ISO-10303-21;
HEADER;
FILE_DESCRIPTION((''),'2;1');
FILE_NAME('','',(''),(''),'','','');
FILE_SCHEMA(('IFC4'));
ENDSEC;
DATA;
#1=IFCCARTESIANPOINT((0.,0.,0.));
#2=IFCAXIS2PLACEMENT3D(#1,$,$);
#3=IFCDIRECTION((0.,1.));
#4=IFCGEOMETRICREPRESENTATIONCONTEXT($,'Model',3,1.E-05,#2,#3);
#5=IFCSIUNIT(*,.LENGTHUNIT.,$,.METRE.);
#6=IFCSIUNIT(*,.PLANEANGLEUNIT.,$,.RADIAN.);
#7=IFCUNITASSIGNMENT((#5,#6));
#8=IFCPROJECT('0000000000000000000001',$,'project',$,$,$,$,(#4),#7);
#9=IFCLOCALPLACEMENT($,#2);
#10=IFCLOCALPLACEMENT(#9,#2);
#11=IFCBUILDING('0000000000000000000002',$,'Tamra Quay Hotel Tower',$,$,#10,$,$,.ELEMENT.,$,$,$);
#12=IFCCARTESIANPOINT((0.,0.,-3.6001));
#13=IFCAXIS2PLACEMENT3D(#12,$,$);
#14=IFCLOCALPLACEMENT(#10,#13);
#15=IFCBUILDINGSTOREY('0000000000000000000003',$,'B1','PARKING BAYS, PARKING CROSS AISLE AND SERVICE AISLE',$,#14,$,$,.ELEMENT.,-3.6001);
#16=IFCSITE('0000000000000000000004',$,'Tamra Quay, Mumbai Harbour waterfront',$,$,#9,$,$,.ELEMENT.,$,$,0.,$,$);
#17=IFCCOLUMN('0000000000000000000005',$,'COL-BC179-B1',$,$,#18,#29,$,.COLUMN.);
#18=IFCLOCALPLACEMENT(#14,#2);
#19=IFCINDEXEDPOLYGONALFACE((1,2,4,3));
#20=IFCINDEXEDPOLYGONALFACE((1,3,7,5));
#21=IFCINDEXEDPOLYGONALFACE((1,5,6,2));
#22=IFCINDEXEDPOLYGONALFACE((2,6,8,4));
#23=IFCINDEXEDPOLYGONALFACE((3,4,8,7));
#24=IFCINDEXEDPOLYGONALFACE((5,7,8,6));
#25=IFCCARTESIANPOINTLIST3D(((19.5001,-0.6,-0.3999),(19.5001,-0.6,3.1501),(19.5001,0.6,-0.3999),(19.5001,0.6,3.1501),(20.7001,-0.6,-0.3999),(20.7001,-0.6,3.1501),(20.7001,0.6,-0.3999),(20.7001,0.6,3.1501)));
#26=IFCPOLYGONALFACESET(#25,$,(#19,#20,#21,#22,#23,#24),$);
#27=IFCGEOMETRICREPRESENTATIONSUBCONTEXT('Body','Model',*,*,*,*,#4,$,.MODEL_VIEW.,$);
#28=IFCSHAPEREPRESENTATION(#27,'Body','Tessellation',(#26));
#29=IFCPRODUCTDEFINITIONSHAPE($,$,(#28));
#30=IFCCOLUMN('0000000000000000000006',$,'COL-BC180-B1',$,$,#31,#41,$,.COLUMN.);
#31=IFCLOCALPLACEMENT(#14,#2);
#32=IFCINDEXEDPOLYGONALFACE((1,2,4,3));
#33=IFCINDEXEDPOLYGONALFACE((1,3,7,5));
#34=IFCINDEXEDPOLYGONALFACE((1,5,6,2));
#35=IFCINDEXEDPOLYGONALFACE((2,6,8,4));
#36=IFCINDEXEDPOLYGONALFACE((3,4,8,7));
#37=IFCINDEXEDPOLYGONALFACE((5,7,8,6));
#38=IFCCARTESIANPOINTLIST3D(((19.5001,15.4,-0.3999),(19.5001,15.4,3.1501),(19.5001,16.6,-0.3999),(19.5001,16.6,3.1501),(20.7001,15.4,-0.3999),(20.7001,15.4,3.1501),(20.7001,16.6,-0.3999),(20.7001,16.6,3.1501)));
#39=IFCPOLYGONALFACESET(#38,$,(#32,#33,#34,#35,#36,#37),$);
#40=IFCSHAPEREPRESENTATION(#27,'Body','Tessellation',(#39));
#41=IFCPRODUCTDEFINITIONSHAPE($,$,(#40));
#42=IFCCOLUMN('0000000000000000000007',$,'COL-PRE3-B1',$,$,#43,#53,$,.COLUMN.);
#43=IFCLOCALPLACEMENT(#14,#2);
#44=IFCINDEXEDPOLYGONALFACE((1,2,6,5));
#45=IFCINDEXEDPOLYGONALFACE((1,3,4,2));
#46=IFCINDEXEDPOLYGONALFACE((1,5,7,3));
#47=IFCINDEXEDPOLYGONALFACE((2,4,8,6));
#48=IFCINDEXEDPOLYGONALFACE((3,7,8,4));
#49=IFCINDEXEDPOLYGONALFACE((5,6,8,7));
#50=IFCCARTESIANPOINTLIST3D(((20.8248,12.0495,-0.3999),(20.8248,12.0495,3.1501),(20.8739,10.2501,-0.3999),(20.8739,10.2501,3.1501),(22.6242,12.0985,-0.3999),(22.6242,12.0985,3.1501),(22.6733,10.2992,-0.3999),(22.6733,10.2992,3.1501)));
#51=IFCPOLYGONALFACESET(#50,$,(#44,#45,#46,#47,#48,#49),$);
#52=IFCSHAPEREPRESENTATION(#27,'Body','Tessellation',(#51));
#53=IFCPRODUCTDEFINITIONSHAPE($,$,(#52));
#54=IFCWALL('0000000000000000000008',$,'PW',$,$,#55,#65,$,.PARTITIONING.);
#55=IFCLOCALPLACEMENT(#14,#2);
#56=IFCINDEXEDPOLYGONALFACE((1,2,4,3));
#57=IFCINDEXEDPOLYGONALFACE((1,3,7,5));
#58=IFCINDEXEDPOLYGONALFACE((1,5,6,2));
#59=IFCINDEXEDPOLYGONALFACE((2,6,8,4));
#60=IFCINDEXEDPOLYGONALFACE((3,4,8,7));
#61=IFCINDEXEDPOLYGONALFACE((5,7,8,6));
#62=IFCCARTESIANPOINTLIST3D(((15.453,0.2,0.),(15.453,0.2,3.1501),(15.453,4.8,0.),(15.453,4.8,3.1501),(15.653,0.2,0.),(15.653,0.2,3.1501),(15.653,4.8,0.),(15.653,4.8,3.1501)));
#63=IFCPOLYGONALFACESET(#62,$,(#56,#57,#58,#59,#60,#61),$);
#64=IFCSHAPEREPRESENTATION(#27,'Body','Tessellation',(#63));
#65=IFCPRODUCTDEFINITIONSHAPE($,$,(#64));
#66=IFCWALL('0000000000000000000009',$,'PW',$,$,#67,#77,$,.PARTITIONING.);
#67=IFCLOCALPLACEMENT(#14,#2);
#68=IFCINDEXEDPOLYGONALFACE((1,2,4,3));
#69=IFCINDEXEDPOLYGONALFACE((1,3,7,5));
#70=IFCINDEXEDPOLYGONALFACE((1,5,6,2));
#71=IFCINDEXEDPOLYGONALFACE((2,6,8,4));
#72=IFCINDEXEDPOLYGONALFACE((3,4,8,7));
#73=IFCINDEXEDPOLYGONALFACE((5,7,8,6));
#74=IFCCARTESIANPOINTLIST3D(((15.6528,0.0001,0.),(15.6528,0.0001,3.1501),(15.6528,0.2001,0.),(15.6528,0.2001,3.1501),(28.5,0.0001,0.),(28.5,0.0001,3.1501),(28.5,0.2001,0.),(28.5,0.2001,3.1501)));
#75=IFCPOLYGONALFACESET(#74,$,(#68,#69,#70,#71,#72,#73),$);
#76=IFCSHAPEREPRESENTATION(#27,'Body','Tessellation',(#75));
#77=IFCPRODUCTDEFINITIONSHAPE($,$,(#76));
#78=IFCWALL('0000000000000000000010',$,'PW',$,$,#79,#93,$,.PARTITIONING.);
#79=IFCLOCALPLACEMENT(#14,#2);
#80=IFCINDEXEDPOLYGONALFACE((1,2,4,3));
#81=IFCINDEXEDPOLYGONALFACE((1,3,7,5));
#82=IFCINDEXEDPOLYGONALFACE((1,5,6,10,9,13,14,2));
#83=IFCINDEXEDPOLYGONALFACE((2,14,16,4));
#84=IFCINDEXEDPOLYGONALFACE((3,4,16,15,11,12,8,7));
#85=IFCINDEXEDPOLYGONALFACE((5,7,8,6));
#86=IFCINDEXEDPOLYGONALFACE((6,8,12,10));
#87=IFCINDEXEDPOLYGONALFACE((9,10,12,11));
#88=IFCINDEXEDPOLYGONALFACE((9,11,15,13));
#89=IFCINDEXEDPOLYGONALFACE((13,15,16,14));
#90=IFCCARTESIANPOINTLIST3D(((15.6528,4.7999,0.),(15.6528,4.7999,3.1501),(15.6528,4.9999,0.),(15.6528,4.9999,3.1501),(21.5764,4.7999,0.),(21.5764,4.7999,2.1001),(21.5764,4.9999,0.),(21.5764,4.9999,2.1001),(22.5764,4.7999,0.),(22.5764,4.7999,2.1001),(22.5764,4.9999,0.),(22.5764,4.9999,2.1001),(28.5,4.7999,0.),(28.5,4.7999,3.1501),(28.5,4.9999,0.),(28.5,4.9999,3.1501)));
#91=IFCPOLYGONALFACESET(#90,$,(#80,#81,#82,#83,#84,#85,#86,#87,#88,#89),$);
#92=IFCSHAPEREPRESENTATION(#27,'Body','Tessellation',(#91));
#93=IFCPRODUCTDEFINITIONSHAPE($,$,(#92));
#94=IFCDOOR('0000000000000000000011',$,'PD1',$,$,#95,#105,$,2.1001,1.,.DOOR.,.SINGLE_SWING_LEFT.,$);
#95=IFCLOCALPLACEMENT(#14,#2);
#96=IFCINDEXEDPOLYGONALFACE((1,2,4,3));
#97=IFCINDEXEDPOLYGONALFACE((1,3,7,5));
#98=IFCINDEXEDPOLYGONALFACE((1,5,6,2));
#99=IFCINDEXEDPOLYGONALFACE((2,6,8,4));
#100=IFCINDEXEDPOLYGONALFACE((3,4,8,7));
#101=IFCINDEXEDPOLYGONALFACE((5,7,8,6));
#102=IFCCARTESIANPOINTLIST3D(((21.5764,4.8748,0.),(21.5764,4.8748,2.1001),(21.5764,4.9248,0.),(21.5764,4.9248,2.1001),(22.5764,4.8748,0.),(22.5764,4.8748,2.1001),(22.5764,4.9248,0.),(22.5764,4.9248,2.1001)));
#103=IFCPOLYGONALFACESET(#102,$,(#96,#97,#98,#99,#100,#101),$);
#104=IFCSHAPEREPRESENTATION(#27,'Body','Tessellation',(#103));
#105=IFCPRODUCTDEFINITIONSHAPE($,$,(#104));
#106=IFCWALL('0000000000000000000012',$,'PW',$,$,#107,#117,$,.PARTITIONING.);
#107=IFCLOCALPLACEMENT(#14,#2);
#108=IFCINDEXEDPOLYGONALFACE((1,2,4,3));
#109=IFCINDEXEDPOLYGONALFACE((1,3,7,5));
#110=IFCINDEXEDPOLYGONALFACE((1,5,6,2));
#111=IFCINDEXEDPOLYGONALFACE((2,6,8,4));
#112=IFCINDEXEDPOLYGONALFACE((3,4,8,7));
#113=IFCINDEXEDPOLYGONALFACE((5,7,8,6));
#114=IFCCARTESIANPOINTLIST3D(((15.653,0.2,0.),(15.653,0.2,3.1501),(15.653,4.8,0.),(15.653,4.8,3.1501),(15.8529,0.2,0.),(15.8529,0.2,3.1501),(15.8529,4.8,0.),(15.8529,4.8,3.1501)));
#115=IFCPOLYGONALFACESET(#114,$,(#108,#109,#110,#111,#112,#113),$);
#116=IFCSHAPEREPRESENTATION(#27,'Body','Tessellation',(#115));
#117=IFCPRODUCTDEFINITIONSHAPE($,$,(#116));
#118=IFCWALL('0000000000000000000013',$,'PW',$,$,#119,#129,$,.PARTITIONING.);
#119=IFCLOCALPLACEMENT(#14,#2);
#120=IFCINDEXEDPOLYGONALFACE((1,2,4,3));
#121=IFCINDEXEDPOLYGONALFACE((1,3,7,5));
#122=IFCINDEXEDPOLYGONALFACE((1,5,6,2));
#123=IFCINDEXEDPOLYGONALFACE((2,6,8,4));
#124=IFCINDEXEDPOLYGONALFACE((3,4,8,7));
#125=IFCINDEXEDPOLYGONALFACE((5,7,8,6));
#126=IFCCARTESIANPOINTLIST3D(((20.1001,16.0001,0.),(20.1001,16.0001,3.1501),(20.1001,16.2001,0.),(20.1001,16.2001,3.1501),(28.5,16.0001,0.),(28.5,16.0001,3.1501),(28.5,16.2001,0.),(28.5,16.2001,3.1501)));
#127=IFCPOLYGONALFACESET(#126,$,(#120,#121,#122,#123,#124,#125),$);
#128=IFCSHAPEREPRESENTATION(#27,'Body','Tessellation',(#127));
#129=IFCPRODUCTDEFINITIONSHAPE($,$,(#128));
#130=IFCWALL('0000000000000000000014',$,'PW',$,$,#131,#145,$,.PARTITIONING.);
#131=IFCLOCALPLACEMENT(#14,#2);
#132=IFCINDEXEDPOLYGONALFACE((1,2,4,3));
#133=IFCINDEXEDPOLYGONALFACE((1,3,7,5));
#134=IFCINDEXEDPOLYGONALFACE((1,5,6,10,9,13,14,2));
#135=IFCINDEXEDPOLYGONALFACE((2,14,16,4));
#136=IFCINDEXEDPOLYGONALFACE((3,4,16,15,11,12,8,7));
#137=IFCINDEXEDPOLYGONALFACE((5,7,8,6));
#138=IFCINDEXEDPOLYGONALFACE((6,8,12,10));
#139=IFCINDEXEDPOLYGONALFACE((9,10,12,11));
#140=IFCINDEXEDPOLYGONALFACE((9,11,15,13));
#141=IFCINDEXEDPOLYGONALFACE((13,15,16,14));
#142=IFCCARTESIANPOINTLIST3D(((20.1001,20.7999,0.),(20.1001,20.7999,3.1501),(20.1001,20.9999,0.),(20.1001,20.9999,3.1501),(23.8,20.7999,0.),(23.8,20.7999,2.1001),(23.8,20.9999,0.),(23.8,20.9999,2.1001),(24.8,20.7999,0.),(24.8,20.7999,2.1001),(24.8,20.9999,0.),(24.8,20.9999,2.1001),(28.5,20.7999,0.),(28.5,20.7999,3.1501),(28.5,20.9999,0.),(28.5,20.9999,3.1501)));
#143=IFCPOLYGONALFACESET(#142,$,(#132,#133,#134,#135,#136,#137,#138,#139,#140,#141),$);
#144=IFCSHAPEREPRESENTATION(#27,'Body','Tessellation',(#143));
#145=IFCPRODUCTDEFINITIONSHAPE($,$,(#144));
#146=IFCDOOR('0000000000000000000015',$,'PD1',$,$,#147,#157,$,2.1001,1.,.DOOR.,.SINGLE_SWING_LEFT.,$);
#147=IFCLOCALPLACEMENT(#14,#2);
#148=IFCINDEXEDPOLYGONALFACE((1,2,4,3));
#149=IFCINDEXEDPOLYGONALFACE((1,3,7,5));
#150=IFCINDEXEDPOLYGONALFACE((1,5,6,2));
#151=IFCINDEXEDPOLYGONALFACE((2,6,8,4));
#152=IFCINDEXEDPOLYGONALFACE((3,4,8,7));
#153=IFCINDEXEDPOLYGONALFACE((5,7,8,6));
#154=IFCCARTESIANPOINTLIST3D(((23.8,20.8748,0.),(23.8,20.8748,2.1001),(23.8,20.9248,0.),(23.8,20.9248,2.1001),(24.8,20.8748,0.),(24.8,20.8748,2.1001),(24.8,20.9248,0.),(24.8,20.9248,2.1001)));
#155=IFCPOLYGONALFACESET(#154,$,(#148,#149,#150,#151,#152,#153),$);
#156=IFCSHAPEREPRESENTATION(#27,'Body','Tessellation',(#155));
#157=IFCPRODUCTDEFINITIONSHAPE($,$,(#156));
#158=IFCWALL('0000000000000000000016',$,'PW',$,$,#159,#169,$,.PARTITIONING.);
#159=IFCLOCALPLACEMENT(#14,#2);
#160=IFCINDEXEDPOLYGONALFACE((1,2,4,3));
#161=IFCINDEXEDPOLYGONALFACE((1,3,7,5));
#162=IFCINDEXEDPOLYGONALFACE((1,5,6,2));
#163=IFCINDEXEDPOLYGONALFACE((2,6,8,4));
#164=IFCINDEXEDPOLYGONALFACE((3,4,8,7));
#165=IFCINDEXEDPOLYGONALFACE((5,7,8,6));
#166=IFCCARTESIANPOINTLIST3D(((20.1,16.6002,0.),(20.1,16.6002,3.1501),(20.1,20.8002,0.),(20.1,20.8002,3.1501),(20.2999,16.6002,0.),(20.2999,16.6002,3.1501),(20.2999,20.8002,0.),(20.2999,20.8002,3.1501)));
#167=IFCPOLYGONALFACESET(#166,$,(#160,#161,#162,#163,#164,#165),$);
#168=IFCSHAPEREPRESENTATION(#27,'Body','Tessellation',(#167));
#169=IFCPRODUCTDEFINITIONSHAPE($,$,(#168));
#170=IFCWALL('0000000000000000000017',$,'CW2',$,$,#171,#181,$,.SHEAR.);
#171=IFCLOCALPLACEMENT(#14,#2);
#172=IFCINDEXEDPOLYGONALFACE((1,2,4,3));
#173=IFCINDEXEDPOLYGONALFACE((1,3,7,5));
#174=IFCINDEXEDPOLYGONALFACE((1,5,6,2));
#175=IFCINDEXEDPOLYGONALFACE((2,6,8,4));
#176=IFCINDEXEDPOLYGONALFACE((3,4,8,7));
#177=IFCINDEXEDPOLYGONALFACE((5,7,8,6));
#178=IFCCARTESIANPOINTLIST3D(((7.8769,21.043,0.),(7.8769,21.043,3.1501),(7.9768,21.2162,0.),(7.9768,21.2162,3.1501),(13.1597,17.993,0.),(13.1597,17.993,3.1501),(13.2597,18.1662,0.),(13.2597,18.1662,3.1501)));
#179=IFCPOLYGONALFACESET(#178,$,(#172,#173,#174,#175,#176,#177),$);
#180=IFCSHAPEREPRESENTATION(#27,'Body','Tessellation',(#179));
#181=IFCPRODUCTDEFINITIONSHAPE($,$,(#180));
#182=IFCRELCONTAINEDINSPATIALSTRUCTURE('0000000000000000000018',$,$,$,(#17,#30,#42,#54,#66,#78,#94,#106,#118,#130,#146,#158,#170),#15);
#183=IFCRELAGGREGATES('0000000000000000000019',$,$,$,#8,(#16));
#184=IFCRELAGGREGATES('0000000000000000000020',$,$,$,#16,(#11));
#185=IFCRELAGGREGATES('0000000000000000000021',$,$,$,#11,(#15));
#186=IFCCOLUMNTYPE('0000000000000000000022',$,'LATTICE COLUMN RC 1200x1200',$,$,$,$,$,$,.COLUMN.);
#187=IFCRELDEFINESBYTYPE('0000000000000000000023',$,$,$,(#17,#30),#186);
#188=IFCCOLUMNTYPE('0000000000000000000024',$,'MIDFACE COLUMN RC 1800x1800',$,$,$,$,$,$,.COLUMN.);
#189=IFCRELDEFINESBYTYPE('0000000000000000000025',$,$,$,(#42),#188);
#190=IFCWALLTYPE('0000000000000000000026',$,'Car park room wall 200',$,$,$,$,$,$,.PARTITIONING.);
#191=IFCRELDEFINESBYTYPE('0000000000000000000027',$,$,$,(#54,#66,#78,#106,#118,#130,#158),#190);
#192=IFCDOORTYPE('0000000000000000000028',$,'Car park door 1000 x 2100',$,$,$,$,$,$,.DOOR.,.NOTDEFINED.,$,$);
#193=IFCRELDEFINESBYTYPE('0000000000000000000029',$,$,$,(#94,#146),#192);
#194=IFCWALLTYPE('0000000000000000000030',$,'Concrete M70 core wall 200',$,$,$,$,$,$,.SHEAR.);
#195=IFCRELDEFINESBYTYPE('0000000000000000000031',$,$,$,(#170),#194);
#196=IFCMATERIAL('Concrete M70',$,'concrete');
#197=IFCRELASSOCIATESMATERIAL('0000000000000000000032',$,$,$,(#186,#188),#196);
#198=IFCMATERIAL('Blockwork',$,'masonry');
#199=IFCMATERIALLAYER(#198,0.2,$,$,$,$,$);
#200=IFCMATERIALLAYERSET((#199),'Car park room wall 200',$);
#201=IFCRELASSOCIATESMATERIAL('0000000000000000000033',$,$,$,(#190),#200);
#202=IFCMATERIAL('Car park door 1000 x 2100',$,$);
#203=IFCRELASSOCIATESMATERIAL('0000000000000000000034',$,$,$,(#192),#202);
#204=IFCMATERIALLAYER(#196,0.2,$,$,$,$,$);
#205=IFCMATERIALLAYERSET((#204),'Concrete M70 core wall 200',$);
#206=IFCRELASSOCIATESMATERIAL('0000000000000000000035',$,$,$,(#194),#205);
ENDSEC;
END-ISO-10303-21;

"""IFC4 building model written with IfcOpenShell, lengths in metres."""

from ifc_helpers import new_model, si_unit, direction, frame, frame_2d, origin, origin_2d, place, context, subcontext, project, spatial, rectangle, extrude, material, layer, layer_set, material_profile, profile_set, type_object, element, fill, save


model = new_model("IFC4")

# Units and contexts
model_context = context("Model", 3, precision=1e-05, world=origin(), true_north=direction((0.0, 1.0)))
body_context = subcontext(model_context, "Body", "Model", "MODEL_VIEW")
ifc_project = project(units=[si_unit("LENGTHUNIT", "METRE"), si_unit("PLANEANGLEUNIT", "RADIAN")], contexts=[model_context])

# Site, building, storey
site_placement = place(None, origin())
site = spatial("IfcSite", under=ifc_project, at=site_placement, Name="Tamra Quay, Mumbai Harbour waterfront", CompositionType="ELEMENT", RefElevation=0.0)
building_placement = place(site_placement, origin())
building = spatial("IfcBuilding", under=site, at=building_placement, Name="Tamra Quay Hotel Tower", CompositionType="ELEMENT")
storey_placement = place(building_placement, frame((0.0, 0.0, -3.6001)))
storey = spatial("IfcBuildingStorey", under=building, at=storey_placement, Name="B1", Description="PARKING BAYS, PARKING CROSS AISLE AND SERVICE AISLE", CompositionType="ELEMENT", Elevation=-3.6001)

# Columns
ifc_material_1 = material(Name="Concrete M70", Category="concrete")
ifc_material_profile_1 = material_profile(ifc_material_1, rectangle(XDim=1.2, YDim=1.2, at=origin_2d()), Name="LATTICE COLUMN RC 1200x1200")
ifc_profile_set_1 = profile_set([ifc_material_profile_1], Name="Concrete M70")
column_type_1 = type_object("IfcColumnType", Name="LATTICE COLUMN RC 1200x1200", PredefinedType="COLUMN", material=ifc_profile_set_1)
for number, where, z_axis, x_axis, name in (
    (1, (20.1001, 0.0, -0.3999), (0.0, 0.0, 1.0), (1.0, 0.0, 0.0), "COL-BC179-B1"),
    (2, (20.1001, 16.0, -0.3999), (0.0, 0.0, 1.0), (1.0, 0.0, 0.0), "COL-BC180-B1"),
):
    element("IfcColumn", number, at=place(storey_placement, frame(where, z_axis=z_axis, x_axis=x_axis)), inside=storey, type_object=column_type_1, Name=name, PredefinedType="COLUMN", context=body_context, shape_type="SweptSolid", body=[
        extrude(rectangle(XDim=1.2, YDim=1.2, at=origin_2d()), origin(), (0.0, 0.0, 1.0), 3.55),
    ])
ifc_material_profile_2 = material_profile(ifc_material_1, rectangle(XDim=1.8, YDim=1.8, at=origin_2d()), Name="MIDFACE COLUMN RC 1800x1800")
ifc_profile_set_2 = profile_set([ifc_material_profile_2], Name="Concrete M70")
column_type_2 = type_object("IfcColumnType", Name="MIDFACE COLUMN RC 1800x1800", PredefinedType="COLUMN", material=ifc_profile_set_2)
column_placement = place(storey_placement, frame((21.749, 11.1743, -0.3999), z_axis=(0.0, 0.0, 1.0), x_axis=(0.999628, 0.027269, 0.0)))
element("IfcColumn", 3, at=column_placement, inside=storey, type_object=column_type_2, Name="COL-PRE3-B1", PredefinedType="COLUMN", context=body_context, shape_type="SweptSolid", body=[
    extrude(rectangle(XDim=1.8, YDim=1.8, at=origin_2d()), origin(), (0.0, 0.0, 1.0), 3.55),
])

# Walls
ifc_material_2 = material(Name="Blockwork", Category="masonry")
ifc_layer_1 = layer(ifc_material_2, 0.2)
ifc_layer_set_1 = layer_set([ifc_layer_1], Name="Car park room wall 200")
wall_type_1 = type_object("IfcWallType", Name="Car park room wall 200", PredefinedType="PARTITIONING", material=ifc_layer_set_1)
wall_1_placement = place(storey_placement, frame((15.553, 0.2, 0.0), z_axis=(0.0, 0.0, 1.0), x_axis=(0.0, 1.0, 0.0)))
element("IfcWall", 4, at=wall_1_placement, inside=storey, type_object=wall_type_1, Name="PW", PredefinedType="PARTITIONING", context=body_context, shape_type="SweptSolid", body=[
    extrude(rectangle(XDim=4.6001, YDim=0.2, at=frame_2d((2.3, 0.0))), origin(), (0.0, 0.0, 1.0), 3.1501),
])
wall_2_placement = place(storey_placement, frame((15.6528, 0.1001, 0.0), z_axis=(0.0, 0.0, 1.0), x_axis=(1.0, 0.0, 0.0)))
element("IfcWall", 5, at=wall_2_placement, inside=storey, type_object=wall_type_1, Name="PW", PredefinedType="PARTITIONING", context=body_context, shape_type="SweptSolid", body=[
    extrude(rectangle(XDim=12.8472, YDim=0.2, at=frame_2d((6.4236, 0.0))), origin(), (0.0, 0.0, 1.0), 3.1501),
])

# Wall, opening, door
wall_3_placement = place(storey_placement, frame((15.6528, 4.8999, 0.0), z_axis=(0.0, 0.0, 1.0), x_axis=(1.0, 0.0, 0.0)))
wall_3 = element("IfcWall", 6, at=wall_3_placement, inside=storey, type_object=wall_type_1, Name="PW", PredefinedType="PARTITIONING", context=body_context, shape_type="SweptSolid", body=[
    extrude(rectangle(XDim=12.8472, YDim=0.2, at=frame_2d((6.4236, 0.0))), origin(), (0.0, 0.0, 1.0), 3.1501),
])
opening_1_placement = place(wall_3_placement, frame((5.9236, 0.0, 0.0)))
opening_1 = element("IfcOpeningElement", 7, at=opening_1_placement, cuts=wall_3, PredefinedType="OPENING", context=body_context, shape_type="SweptSolid", body=[
    extrude(rectangle(XDim=1.0, YDim=2.1001, at=frame_2d((0.5, 1.05))), frame((0.0, 0.1099, 0.0), z_axis=(0.0, -1.0, 0.0), x_axis=(1.0, 0.0, 0.0)), (0.0, 0.0, 1.0), 0.22),
])
ifc_material_3 = material(Name="Car park door 1000 x 2100")
door_type_1 = type_object("IfcDoorType", Name="Car park door 1000 x 2100", OperationType="NOTDEFINED", PredefinedType="DOOR", material=ifc_material_3)
door_1_placement = place(opening_1_placement, origin())
door_1 = element("IfcDoor", 8, at=door_1_placement, inside=storey, type_object=door_type_1, Name="PD1", OperationType="SINGLE_SWING_LEFT", OverallHeight=2.1001, OverallWidth=1.0, PredefinedType="DOOR", context=body_context, shape_type="SweptSolid", body=[
    extrude(rectangle(XDim=1.0, YDim=2.1001, at=frame_2d((0.5, 1.05))), frame((0.0, 0.0249, 0.0), z_axis=(0.0, -1.0, 0.0), x_axis=(1.0, 0.0, 0.0)), (0.0, 0.0, 1.0), 0.05),
])
fill(opening_1, door_1)

# Walls
wall_4_placement = place(storey_placement, frame((15.7529, 0.2, 0.0), z_axis=(0.0, 0.0, 1.0), x_axis=(0.0, 1.0, 0.0)))
element("IfcWall", 9, at=wall_4_placement, inside=storey, type_object=wall_type_1, Name="PW", PredefinedType="PARTITIONING", context=body_context, shape_type="SweptSolid", body=[
    extrude(rectangle(XDim=4.6001, YDim=0.2, at=frame_2d((2.3, 0.0))), origin(), (0.0, 0.0, 1.0), 3.1501),
])
wall_5_placement = place(storey_placement, frame((20.1001, 16.1001, 0.0), z_axis=(0.0, 0.0, 1.0), x_axis=(1.0, 0.0, 0.0)))
element("IfcWall", 10, at=wall_5_placement, inside=storey, type_object=wall_type_1, Name="PW", PredefinedType="PARTITIONING", context=body_context, shape_type="SweptSolid", body=[
    extrude(rectangle(XDim=8.3999, YDim=0.2, at=frame_2d((4.2, 0.0))), origin(), (0.0, 0.0, 1.0), 3.1501),
])

# Wall, opening, door
wall_6_placement = place(storey_placement, frame((20.1001, 20.8999, 0.0), z_axis=(0.0, 0.0, 1.0), x_axis=(1.0, 0.0, 0.0)))
wall_6 = element("IfcWall", 11, at=wall_6_placement, inside=storey, type_object=wall_type_1, Name="PW", PredefinedType="PARTITIONING", context=body_context, shape_type="SweptSolid", body=[
    extrude(rectangle(XDim=8.3999, YDim=0.2, at=frame_2d((4.2, 0.0))), origin(), (0.0, 0.0, 1.0), 3.1501),
])
opening_2_placement = place(wall_6_placement, frame((3.7, 0.0, 0.0)))
opening_2 = element("IfcOpeningElement", 12, at=opening_2_placement, cuts=wall_6, PredefinedType="OPENING", context=body_context, shape_type="SweptSolid", body=[
    extrude(rectangle(XDim=1.0, YDim=2.1001, at=frame_2d((0.5, 1.05))), frame((0.0, 0.1099, 0.0), z_axis=(0.0, -1.0, 0.0), x_axis=(1.0, 0.0, 0.0)), (0.0, 0.0, 1.0), 0.22),
])
door_2_placement = place(opening_2_placement, origin())
door_2 = element("IfcDoor", 13, at=door_2_placement, inside=storey, type_object=door_type_1, Name="PD1", OperationType="SINGLE_SWING_LEFT", OverallHeight=2.1001, OverallWidth=1.0, PredefinedType="DOOR", context=body_context, shape_type="SweptSolid", body=[
    extrude(rectangle(XDim=1.0, YDim=2.1001, at=frame_2d((0.5, 1.05))), frame((0.0, 0.0249, 0.0), z_axis=(0.0, -1.0, 0.0), x_axis=(1.0, 0.0, 0.0)), (0.0, 0.0, 1.0), 0.05),
])
fill(opening_2, door_2)

# Walls
wall_7_placement = place(storey_placement, frame((20.2, 16.6001, 0.0), z_axis=(0.0, 0.0, 1.0), x_axis=(0.0, 1.0, 0.0)))
element("IfcWall", 14, at=wall_7_placement, inside=storey, type_object=wall_type_1, Name="PW", PredefinedType="PARTITIONING", context=body_context, shape_type="SweptSolid", body=[
    extrude(rectangle(XDim=4.2, YDim=0.2, at=frame_2d((2.1001, 0.0))), origin(), (0.0, 0.0, 1.0), 3.1501),
])
ifc_layer_2 = layer(ifc_material_1, 0.2)
ifc_layer_set_2 = layer_set([ifc_layer_2], Name="Concrete M70 core wall 200")
wall_type_2 = type_object("IfcWallType", Name="Concrete M70 core wall 200", PredefinedType="SHEAR", material=ifc_layer_set_2)
wall_8_placement = place(storey_placement, frame((13.2097, 18.0796, 0.0), z_axis=(0.0, 0.0, 1.0), x_axis=(-0.86603, 0.499992, 0.0)))
element("IfcWall", 15, at=wall_8_placement, inside=storey, type_object=wall_type_2, Name="CW2", PredefinedType="SHEAR", context=body_context, shape_type="SweptSolid", body=[
    extrude(rectangle(XDim=6.1001, YDim=0.2, at=frame_2d((3.05, 0.0))), origin(), (0.0, 0.0, 1.0), 3.1501),
])

save(model, "model.ifc")
